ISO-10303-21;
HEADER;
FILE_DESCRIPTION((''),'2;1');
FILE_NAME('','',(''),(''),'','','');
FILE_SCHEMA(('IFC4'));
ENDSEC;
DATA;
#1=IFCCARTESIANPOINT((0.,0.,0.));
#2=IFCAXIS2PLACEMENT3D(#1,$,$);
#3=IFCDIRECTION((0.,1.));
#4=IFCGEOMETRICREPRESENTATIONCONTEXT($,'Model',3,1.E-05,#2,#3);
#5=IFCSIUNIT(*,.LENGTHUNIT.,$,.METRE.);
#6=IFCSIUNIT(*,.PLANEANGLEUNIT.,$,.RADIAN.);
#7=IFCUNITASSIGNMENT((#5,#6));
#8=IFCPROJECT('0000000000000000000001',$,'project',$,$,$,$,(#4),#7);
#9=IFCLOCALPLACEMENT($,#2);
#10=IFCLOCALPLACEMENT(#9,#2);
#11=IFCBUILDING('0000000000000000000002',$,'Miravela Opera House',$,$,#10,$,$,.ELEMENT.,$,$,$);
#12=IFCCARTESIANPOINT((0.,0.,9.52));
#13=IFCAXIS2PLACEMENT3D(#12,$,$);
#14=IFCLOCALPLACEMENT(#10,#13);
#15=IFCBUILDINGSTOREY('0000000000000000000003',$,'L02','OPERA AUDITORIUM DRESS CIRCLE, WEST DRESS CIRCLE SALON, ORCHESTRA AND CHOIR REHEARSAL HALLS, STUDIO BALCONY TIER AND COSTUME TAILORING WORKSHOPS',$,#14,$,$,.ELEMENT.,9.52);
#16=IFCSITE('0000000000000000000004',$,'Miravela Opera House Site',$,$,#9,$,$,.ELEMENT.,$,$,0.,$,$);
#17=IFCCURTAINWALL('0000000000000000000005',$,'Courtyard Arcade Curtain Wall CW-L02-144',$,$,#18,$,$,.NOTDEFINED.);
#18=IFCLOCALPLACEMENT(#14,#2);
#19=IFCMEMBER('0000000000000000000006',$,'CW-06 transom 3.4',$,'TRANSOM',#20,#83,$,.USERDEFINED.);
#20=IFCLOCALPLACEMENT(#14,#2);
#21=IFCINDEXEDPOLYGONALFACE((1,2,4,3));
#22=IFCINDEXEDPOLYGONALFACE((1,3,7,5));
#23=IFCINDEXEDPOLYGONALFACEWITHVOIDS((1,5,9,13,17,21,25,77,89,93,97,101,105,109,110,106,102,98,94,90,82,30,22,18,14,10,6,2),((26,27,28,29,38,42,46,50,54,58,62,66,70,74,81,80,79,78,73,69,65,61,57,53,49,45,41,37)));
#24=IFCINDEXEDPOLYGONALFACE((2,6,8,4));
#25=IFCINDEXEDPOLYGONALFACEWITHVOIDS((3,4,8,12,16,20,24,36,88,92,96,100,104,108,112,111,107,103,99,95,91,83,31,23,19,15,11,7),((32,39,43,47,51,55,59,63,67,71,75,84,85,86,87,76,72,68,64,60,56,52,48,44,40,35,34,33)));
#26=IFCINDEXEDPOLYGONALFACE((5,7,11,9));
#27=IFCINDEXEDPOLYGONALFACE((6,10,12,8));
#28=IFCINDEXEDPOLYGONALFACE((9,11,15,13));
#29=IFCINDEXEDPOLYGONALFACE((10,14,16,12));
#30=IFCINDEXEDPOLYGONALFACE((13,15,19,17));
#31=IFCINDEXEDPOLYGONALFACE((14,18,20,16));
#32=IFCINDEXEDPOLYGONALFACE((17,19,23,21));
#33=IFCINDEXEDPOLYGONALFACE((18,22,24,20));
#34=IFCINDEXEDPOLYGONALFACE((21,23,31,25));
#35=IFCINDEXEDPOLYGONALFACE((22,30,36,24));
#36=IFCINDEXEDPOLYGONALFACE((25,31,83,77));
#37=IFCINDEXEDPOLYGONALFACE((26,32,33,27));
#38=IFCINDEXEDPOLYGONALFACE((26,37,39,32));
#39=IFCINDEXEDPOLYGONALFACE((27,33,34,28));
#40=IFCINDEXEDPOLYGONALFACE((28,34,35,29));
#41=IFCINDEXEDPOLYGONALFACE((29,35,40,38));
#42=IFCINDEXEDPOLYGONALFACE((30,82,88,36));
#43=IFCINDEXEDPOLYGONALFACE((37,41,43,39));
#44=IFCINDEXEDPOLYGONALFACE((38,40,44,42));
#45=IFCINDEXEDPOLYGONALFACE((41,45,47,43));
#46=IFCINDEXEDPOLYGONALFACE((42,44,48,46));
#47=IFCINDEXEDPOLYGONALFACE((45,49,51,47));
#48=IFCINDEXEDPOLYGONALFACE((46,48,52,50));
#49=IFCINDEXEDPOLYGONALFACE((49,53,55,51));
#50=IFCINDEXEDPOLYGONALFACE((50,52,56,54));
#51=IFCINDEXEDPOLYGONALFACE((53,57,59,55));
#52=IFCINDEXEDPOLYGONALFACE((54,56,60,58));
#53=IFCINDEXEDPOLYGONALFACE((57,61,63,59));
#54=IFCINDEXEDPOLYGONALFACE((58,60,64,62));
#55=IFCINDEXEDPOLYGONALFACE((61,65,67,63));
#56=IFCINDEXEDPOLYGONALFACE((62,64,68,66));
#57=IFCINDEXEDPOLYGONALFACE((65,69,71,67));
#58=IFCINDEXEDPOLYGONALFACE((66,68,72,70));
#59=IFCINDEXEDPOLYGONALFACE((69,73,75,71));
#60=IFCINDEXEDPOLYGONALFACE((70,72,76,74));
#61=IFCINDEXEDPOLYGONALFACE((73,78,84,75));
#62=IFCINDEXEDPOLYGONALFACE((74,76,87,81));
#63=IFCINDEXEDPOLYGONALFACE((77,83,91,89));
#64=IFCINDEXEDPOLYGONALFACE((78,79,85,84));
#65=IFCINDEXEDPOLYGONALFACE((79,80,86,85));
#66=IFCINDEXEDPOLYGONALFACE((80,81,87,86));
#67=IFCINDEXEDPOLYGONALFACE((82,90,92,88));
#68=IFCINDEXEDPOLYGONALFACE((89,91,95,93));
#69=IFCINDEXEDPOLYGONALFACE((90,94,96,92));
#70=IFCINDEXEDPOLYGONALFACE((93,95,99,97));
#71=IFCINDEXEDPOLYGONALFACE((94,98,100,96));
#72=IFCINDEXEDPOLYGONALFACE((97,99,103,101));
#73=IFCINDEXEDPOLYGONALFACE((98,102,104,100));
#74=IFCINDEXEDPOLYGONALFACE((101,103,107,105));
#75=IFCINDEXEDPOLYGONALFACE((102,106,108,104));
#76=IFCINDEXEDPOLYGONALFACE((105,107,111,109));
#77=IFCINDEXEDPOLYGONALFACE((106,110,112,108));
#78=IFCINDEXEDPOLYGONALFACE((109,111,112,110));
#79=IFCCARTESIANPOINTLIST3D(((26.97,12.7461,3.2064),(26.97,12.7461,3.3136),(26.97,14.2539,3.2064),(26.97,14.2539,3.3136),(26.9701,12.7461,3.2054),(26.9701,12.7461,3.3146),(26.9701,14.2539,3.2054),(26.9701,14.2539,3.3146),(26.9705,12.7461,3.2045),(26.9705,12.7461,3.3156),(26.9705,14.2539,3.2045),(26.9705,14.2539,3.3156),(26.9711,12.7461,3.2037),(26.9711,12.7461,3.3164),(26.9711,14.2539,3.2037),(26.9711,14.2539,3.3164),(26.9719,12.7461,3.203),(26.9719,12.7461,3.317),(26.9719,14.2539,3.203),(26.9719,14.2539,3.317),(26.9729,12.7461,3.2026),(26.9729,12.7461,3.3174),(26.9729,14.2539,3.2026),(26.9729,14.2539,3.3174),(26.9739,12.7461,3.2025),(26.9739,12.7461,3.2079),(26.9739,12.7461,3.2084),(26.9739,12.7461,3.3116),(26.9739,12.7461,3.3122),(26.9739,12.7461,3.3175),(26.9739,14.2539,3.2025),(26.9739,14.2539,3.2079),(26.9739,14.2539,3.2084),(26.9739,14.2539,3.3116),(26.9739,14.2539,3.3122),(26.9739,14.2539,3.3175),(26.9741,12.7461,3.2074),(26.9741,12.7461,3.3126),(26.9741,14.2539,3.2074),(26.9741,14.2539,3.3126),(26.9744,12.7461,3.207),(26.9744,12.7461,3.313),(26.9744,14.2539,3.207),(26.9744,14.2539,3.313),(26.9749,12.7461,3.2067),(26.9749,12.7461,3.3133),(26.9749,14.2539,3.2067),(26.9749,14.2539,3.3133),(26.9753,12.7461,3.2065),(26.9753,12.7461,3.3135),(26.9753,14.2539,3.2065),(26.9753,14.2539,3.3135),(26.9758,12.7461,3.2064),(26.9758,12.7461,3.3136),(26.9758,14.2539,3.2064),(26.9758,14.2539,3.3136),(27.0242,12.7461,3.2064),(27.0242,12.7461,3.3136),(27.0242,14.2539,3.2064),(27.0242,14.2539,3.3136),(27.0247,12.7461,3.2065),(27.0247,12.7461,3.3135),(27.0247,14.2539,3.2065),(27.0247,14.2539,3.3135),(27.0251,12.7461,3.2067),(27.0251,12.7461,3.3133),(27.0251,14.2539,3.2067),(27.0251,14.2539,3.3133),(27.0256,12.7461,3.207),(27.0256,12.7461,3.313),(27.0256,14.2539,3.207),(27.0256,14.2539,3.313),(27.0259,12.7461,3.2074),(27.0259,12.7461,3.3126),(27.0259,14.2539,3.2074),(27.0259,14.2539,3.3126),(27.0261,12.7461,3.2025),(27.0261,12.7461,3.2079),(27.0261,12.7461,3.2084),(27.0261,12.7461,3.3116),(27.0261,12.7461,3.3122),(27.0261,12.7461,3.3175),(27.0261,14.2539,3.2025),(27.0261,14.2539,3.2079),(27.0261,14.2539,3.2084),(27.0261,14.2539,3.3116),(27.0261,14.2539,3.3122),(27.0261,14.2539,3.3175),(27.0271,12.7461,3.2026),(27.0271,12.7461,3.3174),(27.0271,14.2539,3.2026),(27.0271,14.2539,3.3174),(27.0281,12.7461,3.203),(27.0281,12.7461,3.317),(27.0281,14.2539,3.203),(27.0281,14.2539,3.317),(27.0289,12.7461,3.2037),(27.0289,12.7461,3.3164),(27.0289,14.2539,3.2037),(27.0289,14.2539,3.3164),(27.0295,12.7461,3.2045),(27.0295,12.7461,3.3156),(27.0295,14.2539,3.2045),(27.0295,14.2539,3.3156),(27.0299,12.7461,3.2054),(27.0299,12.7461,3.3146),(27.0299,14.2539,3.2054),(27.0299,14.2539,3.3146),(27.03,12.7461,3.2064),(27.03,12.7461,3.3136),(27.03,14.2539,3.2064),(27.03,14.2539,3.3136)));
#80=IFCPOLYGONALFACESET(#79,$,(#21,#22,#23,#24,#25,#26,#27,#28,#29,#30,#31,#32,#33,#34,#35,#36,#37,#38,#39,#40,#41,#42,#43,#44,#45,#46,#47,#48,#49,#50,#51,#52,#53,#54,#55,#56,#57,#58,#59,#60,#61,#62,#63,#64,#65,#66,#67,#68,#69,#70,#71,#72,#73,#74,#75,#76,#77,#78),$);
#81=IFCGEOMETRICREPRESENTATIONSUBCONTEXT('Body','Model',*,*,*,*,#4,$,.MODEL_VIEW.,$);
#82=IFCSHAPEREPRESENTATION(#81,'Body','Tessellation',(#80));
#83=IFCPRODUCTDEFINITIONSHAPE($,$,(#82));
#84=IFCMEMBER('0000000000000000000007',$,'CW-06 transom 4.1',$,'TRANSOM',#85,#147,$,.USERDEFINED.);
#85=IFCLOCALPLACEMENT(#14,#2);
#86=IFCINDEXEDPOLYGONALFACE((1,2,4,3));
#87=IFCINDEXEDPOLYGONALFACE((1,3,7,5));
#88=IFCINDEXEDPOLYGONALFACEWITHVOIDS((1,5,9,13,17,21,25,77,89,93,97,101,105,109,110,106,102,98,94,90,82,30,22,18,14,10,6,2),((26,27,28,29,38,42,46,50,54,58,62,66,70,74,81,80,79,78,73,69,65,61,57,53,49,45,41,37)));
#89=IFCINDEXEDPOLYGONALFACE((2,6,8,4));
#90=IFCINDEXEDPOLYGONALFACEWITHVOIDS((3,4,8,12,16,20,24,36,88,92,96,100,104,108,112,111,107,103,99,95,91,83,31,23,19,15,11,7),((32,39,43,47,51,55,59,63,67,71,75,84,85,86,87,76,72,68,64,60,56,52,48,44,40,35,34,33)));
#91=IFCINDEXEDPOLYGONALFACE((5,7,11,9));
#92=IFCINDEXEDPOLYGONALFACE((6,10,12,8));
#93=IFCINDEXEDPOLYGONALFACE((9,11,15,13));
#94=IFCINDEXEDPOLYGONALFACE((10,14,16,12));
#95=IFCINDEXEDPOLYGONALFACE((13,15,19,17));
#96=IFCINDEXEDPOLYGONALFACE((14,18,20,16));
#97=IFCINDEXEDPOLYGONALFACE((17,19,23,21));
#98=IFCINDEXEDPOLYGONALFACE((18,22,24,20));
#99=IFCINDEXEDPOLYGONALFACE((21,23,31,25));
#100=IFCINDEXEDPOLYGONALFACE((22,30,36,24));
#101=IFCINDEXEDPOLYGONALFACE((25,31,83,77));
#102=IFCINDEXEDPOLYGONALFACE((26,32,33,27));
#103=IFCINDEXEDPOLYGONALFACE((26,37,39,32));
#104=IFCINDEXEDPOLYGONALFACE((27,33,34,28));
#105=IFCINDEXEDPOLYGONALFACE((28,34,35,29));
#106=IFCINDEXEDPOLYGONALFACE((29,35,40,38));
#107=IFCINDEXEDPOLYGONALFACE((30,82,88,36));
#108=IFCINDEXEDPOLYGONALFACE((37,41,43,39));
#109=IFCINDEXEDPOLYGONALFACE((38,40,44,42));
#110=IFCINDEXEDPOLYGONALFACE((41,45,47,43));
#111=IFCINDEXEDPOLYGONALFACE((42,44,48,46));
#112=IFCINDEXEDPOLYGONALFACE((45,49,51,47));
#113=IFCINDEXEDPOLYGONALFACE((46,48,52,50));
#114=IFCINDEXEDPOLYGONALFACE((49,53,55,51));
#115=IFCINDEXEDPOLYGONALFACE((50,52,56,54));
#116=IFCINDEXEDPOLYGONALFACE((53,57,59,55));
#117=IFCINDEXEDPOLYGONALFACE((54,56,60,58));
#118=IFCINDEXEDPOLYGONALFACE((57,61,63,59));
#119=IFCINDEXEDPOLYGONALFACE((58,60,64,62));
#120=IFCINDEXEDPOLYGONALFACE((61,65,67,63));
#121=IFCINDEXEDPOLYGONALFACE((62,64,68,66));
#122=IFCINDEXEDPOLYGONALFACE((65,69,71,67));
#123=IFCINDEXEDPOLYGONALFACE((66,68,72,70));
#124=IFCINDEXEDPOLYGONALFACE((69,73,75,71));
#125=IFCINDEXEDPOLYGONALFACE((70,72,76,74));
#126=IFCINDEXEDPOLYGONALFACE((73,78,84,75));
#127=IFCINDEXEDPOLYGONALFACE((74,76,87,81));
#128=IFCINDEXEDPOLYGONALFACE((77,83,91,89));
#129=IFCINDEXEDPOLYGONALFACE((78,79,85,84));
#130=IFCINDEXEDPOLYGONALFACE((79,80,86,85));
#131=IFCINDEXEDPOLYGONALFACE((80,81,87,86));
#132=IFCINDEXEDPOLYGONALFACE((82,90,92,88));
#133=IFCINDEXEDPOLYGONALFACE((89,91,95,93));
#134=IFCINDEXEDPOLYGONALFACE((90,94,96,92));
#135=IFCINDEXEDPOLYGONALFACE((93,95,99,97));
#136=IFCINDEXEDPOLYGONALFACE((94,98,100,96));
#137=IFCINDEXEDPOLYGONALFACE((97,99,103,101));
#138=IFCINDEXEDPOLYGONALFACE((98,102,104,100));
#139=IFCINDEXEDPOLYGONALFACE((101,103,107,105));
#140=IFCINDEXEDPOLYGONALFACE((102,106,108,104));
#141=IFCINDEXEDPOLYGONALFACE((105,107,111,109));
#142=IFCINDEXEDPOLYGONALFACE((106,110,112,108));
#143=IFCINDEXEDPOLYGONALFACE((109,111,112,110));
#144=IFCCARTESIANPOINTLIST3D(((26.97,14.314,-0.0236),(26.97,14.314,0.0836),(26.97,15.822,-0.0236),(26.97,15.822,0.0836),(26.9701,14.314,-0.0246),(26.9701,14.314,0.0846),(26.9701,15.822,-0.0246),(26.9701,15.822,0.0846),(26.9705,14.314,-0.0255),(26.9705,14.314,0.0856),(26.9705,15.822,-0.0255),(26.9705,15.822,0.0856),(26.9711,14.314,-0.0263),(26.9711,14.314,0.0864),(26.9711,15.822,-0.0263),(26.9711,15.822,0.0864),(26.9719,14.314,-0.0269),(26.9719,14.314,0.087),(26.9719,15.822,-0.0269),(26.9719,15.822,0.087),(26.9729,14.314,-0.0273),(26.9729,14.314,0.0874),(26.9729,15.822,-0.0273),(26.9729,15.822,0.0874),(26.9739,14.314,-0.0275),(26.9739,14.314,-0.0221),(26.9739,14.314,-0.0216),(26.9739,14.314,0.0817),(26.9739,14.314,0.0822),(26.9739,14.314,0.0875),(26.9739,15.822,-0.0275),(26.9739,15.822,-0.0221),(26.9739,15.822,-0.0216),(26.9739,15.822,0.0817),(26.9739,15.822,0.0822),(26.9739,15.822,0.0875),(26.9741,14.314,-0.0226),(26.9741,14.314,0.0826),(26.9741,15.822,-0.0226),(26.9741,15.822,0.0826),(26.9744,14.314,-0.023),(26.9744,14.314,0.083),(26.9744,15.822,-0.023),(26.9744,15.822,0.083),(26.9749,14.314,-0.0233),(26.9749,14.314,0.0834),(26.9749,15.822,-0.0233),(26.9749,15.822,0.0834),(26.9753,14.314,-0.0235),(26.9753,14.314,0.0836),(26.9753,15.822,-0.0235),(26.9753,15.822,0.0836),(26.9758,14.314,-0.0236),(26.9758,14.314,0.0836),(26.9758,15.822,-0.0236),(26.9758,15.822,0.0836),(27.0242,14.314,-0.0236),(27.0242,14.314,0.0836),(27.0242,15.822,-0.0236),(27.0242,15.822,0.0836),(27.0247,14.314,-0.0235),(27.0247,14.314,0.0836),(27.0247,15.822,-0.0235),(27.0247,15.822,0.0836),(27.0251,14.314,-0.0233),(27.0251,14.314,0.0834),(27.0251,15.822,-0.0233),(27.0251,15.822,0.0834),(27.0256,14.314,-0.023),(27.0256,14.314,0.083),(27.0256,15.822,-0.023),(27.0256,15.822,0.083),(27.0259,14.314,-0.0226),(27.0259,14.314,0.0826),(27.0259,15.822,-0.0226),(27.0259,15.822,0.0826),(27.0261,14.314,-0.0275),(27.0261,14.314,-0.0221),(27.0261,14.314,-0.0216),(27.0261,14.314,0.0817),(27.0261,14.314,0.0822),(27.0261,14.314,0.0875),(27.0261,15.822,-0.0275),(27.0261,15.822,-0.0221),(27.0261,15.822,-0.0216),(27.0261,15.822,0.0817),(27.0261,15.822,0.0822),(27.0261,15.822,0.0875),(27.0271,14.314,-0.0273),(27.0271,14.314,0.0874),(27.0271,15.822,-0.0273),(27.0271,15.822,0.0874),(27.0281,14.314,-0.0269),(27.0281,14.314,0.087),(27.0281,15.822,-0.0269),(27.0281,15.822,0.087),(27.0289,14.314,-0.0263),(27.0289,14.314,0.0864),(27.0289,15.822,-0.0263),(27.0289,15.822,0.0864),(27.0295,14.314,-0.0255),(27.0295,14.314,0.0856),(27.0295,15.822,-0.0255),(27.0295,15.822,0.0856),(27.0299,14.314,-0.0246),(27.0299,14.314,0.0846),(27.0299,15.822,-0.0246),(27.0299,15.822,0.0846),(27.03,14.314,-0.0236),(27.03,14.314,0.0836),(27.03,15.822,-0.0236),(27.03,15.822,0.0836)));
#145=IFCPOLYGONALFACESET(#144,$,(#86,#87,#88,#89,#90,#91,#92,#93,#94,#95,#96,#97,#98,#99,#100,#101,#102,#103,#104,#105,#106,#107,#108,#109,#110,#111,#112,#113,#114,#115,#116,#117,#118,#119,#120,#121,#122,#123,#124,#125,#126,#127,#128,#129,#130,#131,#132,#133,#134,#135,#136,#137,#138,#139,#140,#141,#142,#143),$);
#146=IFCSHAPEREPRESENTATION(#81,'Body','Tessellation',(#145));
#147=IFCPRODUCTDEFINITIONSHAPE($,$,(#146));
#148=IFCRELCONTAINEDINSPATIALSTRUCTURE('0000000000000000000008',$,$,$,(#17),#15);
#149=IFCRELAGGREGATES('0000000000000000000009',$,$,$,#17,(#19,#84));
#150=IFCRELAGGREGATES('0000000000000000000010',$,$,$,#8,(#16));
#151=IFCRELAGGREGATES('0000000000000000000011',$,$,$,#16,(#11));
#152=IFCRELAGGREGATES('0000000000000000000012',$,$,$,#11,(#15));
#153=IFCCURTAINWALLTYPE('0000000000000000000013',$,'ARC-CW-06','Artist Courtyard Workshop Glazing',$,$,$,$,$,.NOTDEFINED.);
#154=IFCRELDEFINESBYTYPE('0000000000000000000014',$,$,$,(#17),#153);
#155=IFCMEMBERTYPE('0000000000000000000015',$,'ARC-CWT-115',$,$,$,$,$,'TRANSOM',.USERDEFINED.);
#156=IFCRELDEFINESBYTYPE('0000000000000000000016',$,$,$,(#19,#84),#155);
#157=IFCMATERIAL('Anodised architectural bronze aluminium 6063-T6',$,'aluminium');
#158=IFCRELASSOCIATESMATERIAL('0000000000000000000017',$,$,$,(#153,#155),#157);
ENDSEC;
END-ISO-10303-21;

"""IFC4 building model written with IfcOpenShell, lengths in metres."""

from ifc_helpers import new_model, si_unit, direction, frame, origin, origin_2d, place, context, subcontext, project, spatial, hollow_rectangle, extrude, material, material_profile, profile_set, type_object, element, aggregate, save


model = new_model("IFC4")

# Units and contexts
model_context = context("Model", 3, precision=1e-05, world=origin(), true_north=direction((0.0, 1.0)))
body_context = subcontext(model_context, "Body", "Model", "MODEL_VIEW")
ifc_project = project(units=[si_unit("LENGTHUNIT", "METRE"), si_unit("PLANEANGLEUNIT", "RADIAN")], contexts=[model_context])

# Site, building, storey
site_placement = place(None, origin())
site = spatial("IfcSite", under=ifc_project, at=site_placement, Name="Miravela Opera House Site", CompositionType="ELEMENT", RefElevation=0.0)
building_placement = place(site_placement, origin())
building = spatial("IfcBuilding", under=site, at=building_placement, Name="Miravela Opera House", CompositionType="ELEMENT")
storey_placement = place(building_placement, frame((0.0, 0.0, 9.52)))
storey = spatial("IfcBuildingStorey", under=building, at=storey_placement, Name="L02", Description="OPERA AUDITORIUM DRESS CIRCLE, WEST DRESS CIRCLE SALON, ORCHESTRA AND CHOIR REHEARSAL HALLS, STUDIO BALCONY TIER AND COSTUME TAILORING WORKSHOPS", CompositionType="ELEMENT", Elevation=9.52)

# Curtain wall, members
ifc_material_1 = material(Name="Anodised architectural bronze aluminium 6063-T6", Category="aluminium")
curtain_wall_type = type_object("IfcCurtainWallType", Name="ARC-CW-06", Description="Artist Courtyard Workshop Glazing", PredefinedType="NOTDEFINED", material=ifc_material_1)
curtain_wall_placement = place(storey_placement, origin())
curtain_wall = element("IfcCurtainWall", 1, at=curtain_wall_placement, inside=storey, type_object=curtain_wall_type, Name="Courtyard Arcade Curtain Wall CW-L02-144", PredefinedType="NOTDEFINED")
ifc_material_profile_1 = material_profile(ifc_material_1, hollow_rectangle(XDim=0.0601, YDim=0.115, WallThickness=0.0039, InnerFilletRadius=0.002, OuterFilletRadius=0.0039, at=origin_2d()), Name="CWT-60X115")
ifc_profile_set_1 = profile_set([ifc_material_profile_1])
member_type_1 = type_object("IfcMemberType", Name="ARC-CWT-115", ElementType="TRANSOM", PredefinedType="USERDEFINED", material=ifc_profile_set_1)
member_1_placement = place(storey_placement, frame((27.0, 12.7461, 3.26), z_axis=(0.0, 1.0, 0.0), x_axis=(-1.0, 0.0, 0.0)))
member_1 = element("IfcMember", 2, at=member_1_placement, type_object=member_type_1, Name="CW-06 transom 3.4", ObjectType="TRANSOM", PredefinedType="USERDEFINED", context=body_context, shape_type="SweptSolid", body=[
    extrude(hollow_rectangle(XDim=0.0601, YDim=0.115, WallThickness=0.0039, InnerFilletRadius=0.002, OuterFilletRadius=0.0039, at=origin_2d()), origin(), (0.0, 0.0, 1.0), 1.5078),
])
member_2_placement = place(storey_placement, frame((27.0, 14.314, 0.03), z_axis=(0.0, 1.0, 0.0), x_axis=(-1.0, 0.0, 0.0)))
member_2 = element("IfcMember", 3, at=member_2_placement, type_object=member_type_1, Name="CW-06 transom 4.1", ObjectType="TRANSOM", PredefinedType="USERDEFINED", context=body_context, shape_type="SweptSolid", body=[
    extrude(hollow_rectangle(XDim=0.0601, YDim=0.115, WallThickness=0.0039, InnerFilletRadius=0.002, OuterFilletRadius=0.0039, at=origin_2d()), origin(), (0.0, 0.0, 1.0), 1.5081),
])

aggregate(curtain_wall, [member_1, member_2])

save(model, "model.ifc")
